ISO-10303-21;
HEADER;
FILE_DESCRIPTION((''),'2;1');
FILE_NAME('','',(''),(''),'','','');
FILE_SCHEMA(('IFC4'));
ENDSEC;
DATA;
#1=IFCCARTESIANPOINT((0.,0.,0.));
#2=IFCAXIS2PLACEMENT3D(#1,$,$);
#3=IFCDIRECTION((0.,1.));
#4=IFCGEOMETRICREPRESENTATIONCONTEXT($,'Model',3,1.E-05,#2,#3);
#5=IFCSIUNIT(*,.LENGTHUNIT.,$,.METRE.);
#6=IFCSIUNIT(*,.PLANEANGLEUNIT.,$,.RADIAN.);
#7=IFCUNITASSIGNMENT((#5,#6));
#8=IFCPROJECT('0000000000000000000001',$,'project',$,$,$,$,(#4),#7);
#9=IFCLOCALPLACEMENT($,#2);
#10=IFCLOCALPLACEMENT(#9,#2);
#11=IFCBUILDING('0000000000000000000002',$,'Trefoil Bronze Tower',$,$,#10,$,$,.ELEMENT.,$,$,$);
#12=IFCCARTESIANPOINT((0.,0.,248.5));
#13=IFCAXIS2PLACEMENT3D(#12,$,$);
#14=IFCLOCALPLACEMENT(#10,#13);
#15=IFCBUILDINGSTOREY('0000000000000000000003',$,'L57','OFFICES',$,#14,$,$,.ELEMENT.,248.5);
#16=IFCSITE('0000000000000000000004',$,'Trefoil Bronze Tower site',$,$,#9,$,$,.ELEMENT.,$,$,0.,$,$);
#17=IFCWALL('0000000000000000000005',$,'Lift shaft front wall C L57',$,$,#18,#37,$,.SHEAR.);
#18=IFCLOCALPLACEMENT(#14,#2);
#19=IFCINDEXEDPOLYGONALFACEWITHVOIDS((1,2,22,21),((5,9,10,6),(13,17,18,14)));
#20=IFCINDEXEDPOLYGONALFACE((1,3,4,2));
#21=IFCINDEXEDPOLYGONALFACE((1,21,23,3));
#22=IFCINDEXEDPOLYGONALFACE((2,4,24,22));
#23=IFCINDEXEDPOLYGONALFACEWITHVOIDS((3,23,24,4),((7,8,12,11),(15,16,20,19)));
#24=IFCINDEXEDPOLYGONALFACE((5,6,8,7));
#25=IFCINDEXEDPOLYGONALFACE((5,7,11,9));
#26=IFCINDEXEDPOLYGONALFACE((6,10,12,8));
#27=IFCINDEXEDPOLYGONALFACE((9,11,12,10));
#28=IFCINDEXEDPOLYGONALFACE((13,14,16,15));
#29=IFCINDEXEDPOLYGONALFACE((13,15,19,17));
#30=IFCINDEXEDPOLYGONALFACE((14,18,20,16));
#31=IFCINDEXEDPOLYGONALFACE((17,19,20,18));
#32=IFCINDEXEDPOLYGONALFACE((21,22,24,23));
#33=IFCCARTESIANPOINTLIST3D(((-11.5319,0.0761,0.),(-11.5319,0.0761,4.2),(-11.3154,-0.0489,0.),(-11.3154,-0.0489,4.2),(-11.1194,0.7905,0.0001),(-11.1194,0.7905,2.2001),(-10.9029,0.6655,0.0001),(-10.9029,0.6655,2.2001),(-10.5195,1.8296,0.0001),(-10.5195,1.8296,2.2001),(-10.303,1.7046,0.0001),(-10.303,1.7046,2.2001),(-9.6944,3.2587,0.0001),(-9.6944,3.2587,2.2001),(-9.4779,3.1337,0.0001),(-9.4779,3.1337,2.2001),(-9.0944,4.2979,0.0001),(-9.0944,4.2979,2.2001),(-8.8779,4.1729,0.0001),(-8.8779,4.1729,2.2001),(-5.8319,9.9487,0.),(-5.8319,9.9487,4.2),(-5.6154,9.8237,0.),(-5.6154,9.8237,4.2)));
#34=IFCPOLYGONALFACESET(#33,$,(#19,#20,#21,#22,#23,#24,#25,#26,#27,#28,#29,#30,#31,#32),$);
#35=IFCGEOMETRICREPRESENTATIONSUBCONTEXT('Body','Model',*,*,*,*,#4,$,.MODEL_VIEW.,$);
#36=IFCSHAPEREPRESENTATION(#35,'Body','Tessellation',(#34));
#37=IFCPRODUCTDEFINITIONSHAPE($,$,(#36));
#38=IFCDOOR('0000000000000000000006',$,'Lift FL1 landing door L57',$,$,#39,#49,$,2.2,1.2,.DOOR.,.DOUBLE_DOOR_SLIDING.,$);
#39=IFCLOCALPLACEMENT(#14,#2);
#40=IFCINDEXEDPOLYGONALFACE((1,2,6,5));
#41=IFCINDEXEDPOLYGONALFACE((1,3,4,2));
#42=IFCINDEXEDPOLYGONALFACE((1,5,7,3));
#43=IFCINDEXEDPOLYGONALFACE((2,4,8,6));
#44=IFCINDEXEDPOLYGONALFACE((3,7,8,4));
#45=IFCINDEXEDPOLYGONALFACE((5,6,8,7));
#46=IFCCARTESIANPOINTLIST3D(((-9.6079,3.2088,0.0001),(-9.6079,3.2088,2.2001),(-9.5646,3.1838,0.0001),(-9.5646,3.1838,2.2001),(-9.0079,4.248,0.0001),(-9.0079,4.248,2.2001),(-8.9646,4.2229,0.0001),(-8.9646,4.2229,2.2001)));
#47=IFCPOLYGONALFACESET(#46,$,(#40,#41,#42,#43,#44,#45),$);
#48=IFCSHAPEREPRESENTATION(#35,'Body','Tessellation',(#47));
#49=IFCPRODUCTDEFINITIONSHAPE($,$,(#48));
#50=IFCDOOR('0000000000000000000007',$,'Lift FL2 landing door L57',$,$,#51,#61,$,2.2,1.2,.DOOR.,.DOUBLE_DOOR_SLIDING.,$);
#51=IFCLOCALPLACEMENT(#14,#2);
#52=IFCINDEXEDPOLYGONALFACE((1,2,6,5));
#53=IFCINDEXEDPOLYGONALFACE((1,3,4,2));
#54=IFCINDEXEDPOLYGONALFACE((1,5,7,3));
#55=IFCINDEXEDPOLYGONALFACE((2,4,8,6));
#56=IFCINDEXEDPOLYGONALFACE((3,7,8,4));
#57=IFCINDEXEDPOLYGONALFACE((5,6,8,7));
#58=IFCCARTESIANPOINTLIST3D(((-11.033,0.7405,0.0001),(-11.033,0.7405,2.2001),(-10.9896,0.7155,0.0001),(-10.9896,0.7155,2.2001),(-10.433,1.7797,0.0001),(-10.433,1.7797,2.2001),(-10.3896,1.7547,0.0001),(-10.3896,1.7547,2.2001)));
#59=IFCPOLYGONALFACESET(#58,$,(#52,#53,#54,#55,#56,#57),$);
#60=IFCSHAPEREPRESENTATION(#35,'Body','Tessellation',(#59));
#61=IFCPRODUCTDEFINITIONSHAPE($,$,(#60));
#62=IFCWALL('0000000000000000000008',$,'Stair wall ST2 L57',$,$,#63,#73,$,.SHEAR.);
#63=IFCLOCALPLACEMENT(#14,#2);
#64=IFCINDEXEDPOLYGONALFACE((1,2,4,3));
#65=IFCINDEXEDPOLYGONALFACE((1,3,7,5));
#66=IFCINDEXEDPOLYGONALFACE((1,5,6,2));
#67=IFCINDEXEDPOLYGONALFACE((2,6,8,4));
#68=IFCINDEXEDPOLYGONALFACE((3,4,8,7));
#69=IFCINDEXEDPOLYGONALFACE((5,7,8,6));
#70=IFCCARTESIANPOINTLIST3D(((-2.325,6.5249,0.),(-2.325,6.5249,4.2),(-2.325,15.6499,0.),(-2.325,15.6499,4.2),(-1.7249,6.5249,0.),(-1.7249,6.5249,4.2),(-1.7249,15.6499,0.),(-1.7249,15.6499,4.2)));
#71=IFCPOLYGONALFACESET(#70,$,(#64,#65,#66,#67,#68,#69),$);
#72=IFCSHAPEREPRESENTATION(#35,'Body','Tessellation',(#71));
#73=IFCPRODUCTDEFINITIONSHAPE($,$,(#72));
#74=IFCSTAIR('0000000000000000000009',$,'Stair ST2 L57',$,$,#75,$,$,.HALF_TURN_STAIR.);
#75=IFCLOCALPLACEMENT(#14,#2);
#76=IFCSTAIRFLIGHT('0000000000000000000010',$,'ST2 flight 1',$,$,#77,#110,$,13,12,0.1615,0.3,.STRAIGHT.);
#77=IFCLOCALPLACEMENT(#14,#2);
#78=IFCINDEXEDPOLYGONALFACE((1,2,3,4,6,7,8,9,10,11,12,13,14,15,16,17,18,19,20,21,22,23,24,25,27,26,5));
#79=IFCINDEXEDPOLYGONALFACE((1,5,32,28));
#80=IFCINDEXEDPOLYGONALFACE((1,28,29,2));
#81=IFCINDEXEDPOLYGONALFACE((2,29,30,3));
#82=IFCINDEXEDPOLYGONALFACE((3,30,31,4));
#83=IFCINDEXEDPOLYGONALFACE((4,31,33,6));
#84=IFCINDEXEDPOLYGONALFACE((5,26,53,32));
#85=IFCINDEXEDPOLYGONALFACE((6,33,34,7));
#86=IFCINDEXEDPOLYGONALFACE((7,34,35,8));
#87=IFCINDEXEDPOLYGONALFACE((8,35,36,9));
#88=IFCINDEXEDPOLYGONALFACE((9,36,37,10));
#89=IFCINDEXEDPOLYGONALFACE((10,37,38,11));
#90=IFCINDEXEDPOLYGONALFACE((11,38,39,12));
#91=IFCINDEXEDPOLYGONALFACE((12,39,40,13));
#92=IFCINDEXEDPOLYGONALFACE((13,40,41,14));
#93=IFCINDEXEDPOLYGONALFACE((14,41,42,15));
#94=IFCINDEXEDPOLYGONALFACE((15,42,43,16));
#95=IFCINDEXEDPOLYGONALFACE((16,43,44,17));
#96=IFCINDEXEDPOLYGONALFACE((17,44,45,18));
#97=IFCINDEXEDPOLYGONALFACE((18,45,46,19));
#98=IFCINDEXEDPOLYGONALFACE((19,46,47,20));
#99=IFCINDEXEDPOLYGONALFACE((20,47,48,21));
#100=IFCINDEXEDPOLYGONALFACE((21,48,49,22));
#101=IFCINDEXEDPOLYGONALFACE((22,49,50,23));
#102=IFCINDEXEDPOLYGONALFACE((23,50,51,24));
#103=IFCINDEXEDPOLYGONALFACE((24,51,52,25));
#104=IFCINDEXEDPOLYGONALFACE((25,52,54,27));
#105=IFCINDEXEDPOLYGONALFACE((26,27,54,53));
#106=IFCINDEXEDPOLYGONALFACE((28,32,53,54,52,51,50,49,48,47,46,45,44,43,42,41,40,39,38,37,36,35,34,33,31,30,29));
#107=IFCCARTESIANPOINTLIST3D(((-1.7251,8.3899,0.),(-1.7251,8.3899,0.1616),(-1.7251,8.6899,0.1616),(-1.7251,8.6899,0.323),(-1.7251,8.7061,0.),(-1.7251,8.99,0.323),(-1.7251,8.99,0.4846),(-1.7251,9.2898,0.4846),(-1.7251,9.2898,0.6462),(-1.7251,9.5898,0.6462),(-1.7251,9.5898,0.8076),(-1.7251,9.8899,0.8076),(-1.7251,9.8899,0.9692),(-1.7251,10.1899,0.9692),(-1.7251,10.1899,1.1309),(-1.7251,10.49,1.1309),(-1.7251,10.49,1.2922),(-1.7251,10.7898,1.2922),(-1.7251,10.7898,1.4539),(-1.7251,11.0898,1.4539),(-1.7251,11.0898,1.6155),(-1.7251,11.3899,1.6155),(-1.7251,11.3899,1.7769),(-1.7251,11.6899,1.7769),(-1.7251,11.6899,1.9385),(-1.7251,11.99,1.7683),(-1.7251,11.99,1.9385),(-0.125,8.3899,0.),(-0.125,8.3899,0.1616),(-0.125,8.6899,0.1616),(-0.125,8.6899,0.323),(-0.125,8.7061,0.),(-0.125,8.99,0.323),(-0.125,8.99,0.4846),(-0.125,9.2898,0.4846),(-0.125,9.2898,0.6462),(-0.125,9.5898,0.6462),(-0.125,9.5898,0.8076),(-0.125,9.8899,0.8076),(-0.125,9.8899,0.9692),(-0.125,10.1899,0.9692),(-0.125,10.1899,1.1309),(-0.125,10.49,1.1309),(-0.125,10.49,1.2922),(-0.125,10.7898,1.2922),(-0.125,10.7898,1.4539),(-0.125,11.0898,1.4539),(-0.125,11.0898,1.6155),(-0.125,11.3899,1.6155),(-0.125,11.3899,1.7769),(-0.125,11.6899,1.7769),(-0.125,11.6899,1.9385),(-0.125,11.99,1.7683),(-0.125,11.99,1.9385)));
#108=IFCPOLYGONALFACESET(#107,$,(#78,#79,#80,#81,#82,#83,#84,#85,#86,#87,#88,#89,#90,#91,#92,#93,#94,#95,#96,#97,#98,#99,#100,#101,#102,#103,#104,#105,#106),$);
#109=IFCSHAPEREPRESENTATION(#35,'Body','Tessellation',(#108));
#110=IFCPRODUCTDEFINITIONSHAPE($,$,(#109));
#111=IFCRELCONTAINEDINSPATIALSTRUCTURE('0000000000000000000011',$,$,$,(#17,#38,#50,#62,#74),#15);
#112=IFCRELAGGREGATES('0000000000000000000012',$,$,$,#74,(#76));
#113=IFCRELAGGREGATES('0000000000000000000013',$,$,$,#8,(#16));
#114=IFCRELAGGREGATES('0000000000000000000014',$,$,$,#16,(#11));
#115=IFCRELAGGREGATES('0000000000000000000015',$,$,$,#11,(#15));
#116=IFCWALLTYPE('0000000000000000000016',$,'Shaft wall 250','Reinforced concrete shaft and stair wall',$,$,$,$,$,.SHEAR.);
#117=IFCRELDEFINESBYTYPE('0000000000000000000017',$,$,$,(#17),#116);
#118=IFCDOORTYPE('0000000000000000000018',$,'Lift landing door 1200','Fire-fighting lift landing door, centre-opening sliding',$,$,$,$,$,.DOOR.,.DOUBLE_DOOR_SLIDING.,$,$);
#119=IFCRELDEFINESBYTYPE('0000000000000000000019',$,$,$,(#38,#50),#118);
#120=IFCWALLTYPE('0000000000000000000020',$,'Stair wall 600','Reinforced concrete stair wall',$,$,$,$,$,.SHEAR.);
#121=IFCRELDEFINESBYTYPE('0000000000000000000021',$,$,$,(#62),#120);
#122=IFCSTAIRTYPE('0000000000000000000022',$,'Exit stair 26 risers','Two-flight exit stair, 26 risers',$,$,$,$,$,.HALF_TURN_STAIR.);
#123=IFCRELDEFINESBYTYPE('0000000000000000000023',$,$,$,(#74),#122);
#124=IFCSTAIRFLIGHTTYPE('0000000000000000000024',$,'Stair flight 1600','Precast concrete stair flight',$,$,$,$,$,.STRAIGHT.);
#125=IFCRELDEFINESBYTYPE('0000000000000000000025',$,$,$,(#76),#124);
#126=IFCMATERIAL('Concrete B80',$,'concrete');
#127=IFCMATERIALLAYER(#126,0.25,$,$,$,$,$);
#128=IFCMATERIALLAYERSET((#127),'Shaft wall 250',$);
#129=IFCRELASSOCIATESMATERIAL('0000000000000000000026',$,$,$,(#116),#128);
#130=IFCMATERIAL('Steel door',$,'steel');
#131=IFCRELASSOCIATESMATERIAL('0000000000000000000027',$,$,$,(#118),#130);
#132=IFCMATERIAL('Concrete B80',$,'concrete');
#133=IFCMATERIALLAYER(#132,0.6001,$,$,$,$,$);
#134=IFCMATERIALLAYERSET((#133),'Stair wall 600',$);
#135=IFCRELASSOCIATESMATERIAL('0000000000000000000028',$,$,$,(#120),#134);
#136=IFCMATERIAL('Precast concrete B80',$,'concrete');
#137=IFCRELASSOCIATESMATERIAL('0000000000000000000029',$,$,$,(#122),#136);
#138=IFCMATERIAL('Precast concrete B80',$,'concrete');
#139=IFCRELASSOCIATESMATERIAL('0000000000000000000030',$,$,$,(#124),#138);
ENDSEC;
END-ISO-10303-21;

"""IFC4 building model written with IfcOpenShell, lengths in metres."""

from ifc_helpers import new_model, si_unit, direction, frame, frame_2d, origin, place, context, subcontext, project, spatial, polyline, rectangle, outline, extrude, material, layer, layer_set, type_object, element, fill, aggregate, save


model = new_model("IFC4")

# Units and contexts
model_context = context("Model", 3, precision=1e-05, world=origin(), true_north=direction((0.0, 1.0)))
body_context = subcontext(model_context, "Body", "Model", "MODEL_VIEW")
ifc_project = project(units=[si_unit("LENGTHUNIT", "METRE"), si_unit("PLANEANGLEUNIT", "RADIAN")], contexts=[model_context])

# Site, building, storey
site_placement = place(None, origin())
site = spatial("IfcSite", under=ifc_project, at=site_placement, Name="Trefoil Bronze Tower site", CompositionType="ELEMENT", RefElevation=0.0)
building_placement = place(site_placement, origin())
building = spatial("IfcBuilding", under=site, at=building_placement, Name="Trefoil Bronze Tower", CompositionType="ELEMENT")
storey_placement = place(building_placement, frame((0.0, 0.0, 248.5)))
storey = spatial("IfcBuildingStorey", under=building, at=storey_placement, Name="L57", Description="OFFICES", CompositionType="ELEMENT", Elevation=248.5)

# Wall, openings, doors
ifc_material_1 = material(Name="Concrete B80", Category="concrete")
ifc_layer_1 = layer(ifc_material_1, 0.25)
ifc_layer_set_1 = layer_set([ifc_layer_1], Name="Shaft wall 250")
wall_type_1 = type_object("IfcWallType", Name="Shaft wall 250", Description="Reinforced concrete shaft and stair wall", PredefinedType="SHEAR", material=ifc_layer_set_1)
wall_1_placement = place(storey_placement, frame((-5.7236, 9.8862, 0.0), z_axis=(0.0, 0.0, 1.0), x_axis=(-0.500002, -0.866024, 0.0)))
wall_1 = element("IfcWall", 1, at=wall_1_placement, inside=storey, type_object=wall_type_1, Name="Lift shaft front wall C L57", PredefinedType="SHEAR", context=body_context, shape_type="SweptSolid", body=[
    extrude(rectangle(XDim=11.3999, YDim=0.25, at=frame_2d((5.7, 0.0))), origin(), (0.0, 0.0, 1.0), 4.2),
])
opening_1_placement = place(wall_1_placement, frame((6.5249, 0.0, 0.0)))
opening_1 = element("IfcOpeningElement", 2, at=opening_1_placement, cuts=wall_1, PredefinedType="OPENING", context=body_context, shape_type="SweptSolid", body=[
    extrude(rectangle(XDim=1.2, YDim=2.2, at=frame_2d((0.6001, 1.1001))), frame((0.0, 0.135, 0.0), z_axis=(0.0, -1.0, 0.0), x_axis=(1.0, 0.0, 0.0)), (0.0, 0.0, 1.0), 0.27),
])
opening_2_placement = place(wall_1_placement, frame((9.375, 0.0, 0.0)))
opening_2 = element("IfcOpeningElement", 3, at=opening_2_placement, cuts=wall_1, PredefinedType="OPENING", context=body_context, shape_type="SweptSolid", body=[
    extrude(rectangle(XDim=1.2, YDim=2.2, at=frame_2d((0.6001, 1.1001))), frame((0.0, 0.135, 0.0), z_axis=(0.0, -1.0, 0.0), x_axis=(1.0, 0.0, 0.0)), (0.0, 0.0, 1.0), 0.27),
])
ifc_material_2 = material(Name="Steel door", Category="steel")
door_type_1 = type_object("IfcDoorType", Name="Lift landing door 1200", Description="Fire-fighting lift landing door, centre-opening sliding", OperationType="DOUBLE_DOOR_SLIDING", PredefinedType="DOOR", material=ifc_material_2)
door_1_placement = place(opening_1_placement, origin())
door_1 = element("IfcDoor", 4, at=door_1_placement, inside=storey, type_object=door_type_1, Name="Lift FL1 landing door L57", OperationType="DOUBLE_DOOR_SLIDING", OverallHeight=2.2, OverallWidth=1.2, PredefinedType="DOOR", context=body_context, shape_type="SweptSolid", body=[
    extrude(rectangle(XDim=1.2, YDim=2.2, at=frame_2d((0.6001, 1.1001))), frame((0.0, 0.0249, 0.0), z_axis=(0.0, -1.0, 0.0), x_axis=(1.0, 0.0, 0.0)), (0.0, 0.0, 1.0), 0.05),
])
fill(opening_1, door_1)
door_2_placement = place(opening_2_placement, origin())
door_2 = element("IfcDoor", 5, at=door_2_placement, inside=storey, type_object=door_type_1, Name="Lift FL2 landing door L57", OperationType="DOUBLE_DOOR_SLIDING", OverallHeight=2.2, OverallWidth=1.2, PredefinedType="DOOR", context=body_context, shape_type="SweptSolid", body=[
    extrude(rectangle(XDim=1.2, YDim=2.2, at=frame_2d((0.6001, 1.1001))), frame((0.0, 0.0249, 0.0), z_axis=(0.0, -1.0, 0.0), x_axis=(1.0, 0.0, 0.0)), (0.0, 0.0, 1.0), 0.05),
])
fill(opening_2, door_2)

# Wall
ifc_material_3 = material(Name="Concrete B80", Category="concrete")
ifc_layer_2 = layer(ifc_material_3, 0.6001)
ifc_layer_set_2 = layer_set([ifc_layer_2], Name="Stair wall 600")
wall_type_2 = type_object("IfcWallType", Name="Stair wall 600", Description="Reinforced concrete stair wall", PredefinedType="SHEAR", material=ifc_layer_set_2)
wall_2_placement = place(storey_placement, frame((-2.0249, 6.5249, 0.0), z_axis=(0.0, 0.0, 1.0), x_axis=(0.0, 1.0, 0.0)))
element("IfcWall", 6, at=wall_2_placement, inside=storey, type_object=wall_type_2, Name="Stair wall ST2 L57", PredefinedType="SHEAR", context=body_context, shape_type="SweptSolid", body=[
    extrude(rectangle(XDim=9.125, YDim=0.6001, at=frame_2d((4.5625, 0.0))), origin(), (0.0, 0.0, 1.0), 4.2),
])

# Stair, stair flight
ifc_material_4 = material(Name="Precast concrete B80", Category="concrete")
stair_type = type_object("IfcStairType", Name="Exit stair 26 risers", Description="Two-flight exit stair, 26 risers", PredefinedType="HALF_TURN_STAIR", material=ifc_material_4)
stair_placement = place(storey_placement, origin())
stair = element("IfcStair", 7, at=stair_placement, inside=storey, type_object=stair_type, Name="Stair ST2 L57", PredefinedType="HALF_TURN_STAIR")
ifc_material_5 = material(Name="Precast concrete B80", Category="concrete")
stair_flight_type = type_object("IfcStairFlightType", Name="Stair flight 1600", Description="Precast concrete stair flight", PredefinedType="STRAIGHT", material=ifc_material_5)
stair_flight_placement = place(storey_placement, frame((-0.925, 8.3899, 0.0), z_axis=(0.0, 0.0, 1.0), x_axis=(0.0, 1.0, 0.0)))
stair_flight = element("IfcStairFlight", 8, at=stair_flight_placement, type_object=stair_flight_type, Name="ST2 flight 1", NumberOfRisers=13, NumberOfTreads=12, PredefinedType="STRAIGHT", RiserHeight=0.1615, TreadLength=0.3, context=body_context, shape_type="SweptSolid", body=[
    extrude(outline(polyline([(0.0, 0.0), (0.0, 0.1616), (0.3, 0.1616), (0.3, 0.323), (0.6001, 0.323), (0.6001, 0.4846), (0.8999, 0.4846), (0.8999, 0.6462), (1.2, 0.6462), (1.2, 0.8076), (1.5, 0.8076), (1.5, 0.9692), (1.8, 0.9692), (1.8, 1.1309), (2.1001, 1.1309), (2.1001, 1.2922), (2.3999, 1.2922), (2.3999, 1.4539), (2.7, 1.4539), (2.7, 1.6155), (3.0, 1.6155), (3.0, 1.7769), (3.3, 1.7769), (3.3, 1.9385), (3.6001, 1.9385), (3.6001, 2.1001), (3.6001, 1.7683), (0.3162, 0.0), (0.0, 0.0)])), frame((0.0, 0.8, 0.0), z_axis=(0.0, -1.0, 0.0), x_axis=(1.0, 0.0, 0.0)), (0.0, 0.0, 1.0), 1.6001),
])
aggregate(stair, [stair_flight])

save(model, "model.ifc")
